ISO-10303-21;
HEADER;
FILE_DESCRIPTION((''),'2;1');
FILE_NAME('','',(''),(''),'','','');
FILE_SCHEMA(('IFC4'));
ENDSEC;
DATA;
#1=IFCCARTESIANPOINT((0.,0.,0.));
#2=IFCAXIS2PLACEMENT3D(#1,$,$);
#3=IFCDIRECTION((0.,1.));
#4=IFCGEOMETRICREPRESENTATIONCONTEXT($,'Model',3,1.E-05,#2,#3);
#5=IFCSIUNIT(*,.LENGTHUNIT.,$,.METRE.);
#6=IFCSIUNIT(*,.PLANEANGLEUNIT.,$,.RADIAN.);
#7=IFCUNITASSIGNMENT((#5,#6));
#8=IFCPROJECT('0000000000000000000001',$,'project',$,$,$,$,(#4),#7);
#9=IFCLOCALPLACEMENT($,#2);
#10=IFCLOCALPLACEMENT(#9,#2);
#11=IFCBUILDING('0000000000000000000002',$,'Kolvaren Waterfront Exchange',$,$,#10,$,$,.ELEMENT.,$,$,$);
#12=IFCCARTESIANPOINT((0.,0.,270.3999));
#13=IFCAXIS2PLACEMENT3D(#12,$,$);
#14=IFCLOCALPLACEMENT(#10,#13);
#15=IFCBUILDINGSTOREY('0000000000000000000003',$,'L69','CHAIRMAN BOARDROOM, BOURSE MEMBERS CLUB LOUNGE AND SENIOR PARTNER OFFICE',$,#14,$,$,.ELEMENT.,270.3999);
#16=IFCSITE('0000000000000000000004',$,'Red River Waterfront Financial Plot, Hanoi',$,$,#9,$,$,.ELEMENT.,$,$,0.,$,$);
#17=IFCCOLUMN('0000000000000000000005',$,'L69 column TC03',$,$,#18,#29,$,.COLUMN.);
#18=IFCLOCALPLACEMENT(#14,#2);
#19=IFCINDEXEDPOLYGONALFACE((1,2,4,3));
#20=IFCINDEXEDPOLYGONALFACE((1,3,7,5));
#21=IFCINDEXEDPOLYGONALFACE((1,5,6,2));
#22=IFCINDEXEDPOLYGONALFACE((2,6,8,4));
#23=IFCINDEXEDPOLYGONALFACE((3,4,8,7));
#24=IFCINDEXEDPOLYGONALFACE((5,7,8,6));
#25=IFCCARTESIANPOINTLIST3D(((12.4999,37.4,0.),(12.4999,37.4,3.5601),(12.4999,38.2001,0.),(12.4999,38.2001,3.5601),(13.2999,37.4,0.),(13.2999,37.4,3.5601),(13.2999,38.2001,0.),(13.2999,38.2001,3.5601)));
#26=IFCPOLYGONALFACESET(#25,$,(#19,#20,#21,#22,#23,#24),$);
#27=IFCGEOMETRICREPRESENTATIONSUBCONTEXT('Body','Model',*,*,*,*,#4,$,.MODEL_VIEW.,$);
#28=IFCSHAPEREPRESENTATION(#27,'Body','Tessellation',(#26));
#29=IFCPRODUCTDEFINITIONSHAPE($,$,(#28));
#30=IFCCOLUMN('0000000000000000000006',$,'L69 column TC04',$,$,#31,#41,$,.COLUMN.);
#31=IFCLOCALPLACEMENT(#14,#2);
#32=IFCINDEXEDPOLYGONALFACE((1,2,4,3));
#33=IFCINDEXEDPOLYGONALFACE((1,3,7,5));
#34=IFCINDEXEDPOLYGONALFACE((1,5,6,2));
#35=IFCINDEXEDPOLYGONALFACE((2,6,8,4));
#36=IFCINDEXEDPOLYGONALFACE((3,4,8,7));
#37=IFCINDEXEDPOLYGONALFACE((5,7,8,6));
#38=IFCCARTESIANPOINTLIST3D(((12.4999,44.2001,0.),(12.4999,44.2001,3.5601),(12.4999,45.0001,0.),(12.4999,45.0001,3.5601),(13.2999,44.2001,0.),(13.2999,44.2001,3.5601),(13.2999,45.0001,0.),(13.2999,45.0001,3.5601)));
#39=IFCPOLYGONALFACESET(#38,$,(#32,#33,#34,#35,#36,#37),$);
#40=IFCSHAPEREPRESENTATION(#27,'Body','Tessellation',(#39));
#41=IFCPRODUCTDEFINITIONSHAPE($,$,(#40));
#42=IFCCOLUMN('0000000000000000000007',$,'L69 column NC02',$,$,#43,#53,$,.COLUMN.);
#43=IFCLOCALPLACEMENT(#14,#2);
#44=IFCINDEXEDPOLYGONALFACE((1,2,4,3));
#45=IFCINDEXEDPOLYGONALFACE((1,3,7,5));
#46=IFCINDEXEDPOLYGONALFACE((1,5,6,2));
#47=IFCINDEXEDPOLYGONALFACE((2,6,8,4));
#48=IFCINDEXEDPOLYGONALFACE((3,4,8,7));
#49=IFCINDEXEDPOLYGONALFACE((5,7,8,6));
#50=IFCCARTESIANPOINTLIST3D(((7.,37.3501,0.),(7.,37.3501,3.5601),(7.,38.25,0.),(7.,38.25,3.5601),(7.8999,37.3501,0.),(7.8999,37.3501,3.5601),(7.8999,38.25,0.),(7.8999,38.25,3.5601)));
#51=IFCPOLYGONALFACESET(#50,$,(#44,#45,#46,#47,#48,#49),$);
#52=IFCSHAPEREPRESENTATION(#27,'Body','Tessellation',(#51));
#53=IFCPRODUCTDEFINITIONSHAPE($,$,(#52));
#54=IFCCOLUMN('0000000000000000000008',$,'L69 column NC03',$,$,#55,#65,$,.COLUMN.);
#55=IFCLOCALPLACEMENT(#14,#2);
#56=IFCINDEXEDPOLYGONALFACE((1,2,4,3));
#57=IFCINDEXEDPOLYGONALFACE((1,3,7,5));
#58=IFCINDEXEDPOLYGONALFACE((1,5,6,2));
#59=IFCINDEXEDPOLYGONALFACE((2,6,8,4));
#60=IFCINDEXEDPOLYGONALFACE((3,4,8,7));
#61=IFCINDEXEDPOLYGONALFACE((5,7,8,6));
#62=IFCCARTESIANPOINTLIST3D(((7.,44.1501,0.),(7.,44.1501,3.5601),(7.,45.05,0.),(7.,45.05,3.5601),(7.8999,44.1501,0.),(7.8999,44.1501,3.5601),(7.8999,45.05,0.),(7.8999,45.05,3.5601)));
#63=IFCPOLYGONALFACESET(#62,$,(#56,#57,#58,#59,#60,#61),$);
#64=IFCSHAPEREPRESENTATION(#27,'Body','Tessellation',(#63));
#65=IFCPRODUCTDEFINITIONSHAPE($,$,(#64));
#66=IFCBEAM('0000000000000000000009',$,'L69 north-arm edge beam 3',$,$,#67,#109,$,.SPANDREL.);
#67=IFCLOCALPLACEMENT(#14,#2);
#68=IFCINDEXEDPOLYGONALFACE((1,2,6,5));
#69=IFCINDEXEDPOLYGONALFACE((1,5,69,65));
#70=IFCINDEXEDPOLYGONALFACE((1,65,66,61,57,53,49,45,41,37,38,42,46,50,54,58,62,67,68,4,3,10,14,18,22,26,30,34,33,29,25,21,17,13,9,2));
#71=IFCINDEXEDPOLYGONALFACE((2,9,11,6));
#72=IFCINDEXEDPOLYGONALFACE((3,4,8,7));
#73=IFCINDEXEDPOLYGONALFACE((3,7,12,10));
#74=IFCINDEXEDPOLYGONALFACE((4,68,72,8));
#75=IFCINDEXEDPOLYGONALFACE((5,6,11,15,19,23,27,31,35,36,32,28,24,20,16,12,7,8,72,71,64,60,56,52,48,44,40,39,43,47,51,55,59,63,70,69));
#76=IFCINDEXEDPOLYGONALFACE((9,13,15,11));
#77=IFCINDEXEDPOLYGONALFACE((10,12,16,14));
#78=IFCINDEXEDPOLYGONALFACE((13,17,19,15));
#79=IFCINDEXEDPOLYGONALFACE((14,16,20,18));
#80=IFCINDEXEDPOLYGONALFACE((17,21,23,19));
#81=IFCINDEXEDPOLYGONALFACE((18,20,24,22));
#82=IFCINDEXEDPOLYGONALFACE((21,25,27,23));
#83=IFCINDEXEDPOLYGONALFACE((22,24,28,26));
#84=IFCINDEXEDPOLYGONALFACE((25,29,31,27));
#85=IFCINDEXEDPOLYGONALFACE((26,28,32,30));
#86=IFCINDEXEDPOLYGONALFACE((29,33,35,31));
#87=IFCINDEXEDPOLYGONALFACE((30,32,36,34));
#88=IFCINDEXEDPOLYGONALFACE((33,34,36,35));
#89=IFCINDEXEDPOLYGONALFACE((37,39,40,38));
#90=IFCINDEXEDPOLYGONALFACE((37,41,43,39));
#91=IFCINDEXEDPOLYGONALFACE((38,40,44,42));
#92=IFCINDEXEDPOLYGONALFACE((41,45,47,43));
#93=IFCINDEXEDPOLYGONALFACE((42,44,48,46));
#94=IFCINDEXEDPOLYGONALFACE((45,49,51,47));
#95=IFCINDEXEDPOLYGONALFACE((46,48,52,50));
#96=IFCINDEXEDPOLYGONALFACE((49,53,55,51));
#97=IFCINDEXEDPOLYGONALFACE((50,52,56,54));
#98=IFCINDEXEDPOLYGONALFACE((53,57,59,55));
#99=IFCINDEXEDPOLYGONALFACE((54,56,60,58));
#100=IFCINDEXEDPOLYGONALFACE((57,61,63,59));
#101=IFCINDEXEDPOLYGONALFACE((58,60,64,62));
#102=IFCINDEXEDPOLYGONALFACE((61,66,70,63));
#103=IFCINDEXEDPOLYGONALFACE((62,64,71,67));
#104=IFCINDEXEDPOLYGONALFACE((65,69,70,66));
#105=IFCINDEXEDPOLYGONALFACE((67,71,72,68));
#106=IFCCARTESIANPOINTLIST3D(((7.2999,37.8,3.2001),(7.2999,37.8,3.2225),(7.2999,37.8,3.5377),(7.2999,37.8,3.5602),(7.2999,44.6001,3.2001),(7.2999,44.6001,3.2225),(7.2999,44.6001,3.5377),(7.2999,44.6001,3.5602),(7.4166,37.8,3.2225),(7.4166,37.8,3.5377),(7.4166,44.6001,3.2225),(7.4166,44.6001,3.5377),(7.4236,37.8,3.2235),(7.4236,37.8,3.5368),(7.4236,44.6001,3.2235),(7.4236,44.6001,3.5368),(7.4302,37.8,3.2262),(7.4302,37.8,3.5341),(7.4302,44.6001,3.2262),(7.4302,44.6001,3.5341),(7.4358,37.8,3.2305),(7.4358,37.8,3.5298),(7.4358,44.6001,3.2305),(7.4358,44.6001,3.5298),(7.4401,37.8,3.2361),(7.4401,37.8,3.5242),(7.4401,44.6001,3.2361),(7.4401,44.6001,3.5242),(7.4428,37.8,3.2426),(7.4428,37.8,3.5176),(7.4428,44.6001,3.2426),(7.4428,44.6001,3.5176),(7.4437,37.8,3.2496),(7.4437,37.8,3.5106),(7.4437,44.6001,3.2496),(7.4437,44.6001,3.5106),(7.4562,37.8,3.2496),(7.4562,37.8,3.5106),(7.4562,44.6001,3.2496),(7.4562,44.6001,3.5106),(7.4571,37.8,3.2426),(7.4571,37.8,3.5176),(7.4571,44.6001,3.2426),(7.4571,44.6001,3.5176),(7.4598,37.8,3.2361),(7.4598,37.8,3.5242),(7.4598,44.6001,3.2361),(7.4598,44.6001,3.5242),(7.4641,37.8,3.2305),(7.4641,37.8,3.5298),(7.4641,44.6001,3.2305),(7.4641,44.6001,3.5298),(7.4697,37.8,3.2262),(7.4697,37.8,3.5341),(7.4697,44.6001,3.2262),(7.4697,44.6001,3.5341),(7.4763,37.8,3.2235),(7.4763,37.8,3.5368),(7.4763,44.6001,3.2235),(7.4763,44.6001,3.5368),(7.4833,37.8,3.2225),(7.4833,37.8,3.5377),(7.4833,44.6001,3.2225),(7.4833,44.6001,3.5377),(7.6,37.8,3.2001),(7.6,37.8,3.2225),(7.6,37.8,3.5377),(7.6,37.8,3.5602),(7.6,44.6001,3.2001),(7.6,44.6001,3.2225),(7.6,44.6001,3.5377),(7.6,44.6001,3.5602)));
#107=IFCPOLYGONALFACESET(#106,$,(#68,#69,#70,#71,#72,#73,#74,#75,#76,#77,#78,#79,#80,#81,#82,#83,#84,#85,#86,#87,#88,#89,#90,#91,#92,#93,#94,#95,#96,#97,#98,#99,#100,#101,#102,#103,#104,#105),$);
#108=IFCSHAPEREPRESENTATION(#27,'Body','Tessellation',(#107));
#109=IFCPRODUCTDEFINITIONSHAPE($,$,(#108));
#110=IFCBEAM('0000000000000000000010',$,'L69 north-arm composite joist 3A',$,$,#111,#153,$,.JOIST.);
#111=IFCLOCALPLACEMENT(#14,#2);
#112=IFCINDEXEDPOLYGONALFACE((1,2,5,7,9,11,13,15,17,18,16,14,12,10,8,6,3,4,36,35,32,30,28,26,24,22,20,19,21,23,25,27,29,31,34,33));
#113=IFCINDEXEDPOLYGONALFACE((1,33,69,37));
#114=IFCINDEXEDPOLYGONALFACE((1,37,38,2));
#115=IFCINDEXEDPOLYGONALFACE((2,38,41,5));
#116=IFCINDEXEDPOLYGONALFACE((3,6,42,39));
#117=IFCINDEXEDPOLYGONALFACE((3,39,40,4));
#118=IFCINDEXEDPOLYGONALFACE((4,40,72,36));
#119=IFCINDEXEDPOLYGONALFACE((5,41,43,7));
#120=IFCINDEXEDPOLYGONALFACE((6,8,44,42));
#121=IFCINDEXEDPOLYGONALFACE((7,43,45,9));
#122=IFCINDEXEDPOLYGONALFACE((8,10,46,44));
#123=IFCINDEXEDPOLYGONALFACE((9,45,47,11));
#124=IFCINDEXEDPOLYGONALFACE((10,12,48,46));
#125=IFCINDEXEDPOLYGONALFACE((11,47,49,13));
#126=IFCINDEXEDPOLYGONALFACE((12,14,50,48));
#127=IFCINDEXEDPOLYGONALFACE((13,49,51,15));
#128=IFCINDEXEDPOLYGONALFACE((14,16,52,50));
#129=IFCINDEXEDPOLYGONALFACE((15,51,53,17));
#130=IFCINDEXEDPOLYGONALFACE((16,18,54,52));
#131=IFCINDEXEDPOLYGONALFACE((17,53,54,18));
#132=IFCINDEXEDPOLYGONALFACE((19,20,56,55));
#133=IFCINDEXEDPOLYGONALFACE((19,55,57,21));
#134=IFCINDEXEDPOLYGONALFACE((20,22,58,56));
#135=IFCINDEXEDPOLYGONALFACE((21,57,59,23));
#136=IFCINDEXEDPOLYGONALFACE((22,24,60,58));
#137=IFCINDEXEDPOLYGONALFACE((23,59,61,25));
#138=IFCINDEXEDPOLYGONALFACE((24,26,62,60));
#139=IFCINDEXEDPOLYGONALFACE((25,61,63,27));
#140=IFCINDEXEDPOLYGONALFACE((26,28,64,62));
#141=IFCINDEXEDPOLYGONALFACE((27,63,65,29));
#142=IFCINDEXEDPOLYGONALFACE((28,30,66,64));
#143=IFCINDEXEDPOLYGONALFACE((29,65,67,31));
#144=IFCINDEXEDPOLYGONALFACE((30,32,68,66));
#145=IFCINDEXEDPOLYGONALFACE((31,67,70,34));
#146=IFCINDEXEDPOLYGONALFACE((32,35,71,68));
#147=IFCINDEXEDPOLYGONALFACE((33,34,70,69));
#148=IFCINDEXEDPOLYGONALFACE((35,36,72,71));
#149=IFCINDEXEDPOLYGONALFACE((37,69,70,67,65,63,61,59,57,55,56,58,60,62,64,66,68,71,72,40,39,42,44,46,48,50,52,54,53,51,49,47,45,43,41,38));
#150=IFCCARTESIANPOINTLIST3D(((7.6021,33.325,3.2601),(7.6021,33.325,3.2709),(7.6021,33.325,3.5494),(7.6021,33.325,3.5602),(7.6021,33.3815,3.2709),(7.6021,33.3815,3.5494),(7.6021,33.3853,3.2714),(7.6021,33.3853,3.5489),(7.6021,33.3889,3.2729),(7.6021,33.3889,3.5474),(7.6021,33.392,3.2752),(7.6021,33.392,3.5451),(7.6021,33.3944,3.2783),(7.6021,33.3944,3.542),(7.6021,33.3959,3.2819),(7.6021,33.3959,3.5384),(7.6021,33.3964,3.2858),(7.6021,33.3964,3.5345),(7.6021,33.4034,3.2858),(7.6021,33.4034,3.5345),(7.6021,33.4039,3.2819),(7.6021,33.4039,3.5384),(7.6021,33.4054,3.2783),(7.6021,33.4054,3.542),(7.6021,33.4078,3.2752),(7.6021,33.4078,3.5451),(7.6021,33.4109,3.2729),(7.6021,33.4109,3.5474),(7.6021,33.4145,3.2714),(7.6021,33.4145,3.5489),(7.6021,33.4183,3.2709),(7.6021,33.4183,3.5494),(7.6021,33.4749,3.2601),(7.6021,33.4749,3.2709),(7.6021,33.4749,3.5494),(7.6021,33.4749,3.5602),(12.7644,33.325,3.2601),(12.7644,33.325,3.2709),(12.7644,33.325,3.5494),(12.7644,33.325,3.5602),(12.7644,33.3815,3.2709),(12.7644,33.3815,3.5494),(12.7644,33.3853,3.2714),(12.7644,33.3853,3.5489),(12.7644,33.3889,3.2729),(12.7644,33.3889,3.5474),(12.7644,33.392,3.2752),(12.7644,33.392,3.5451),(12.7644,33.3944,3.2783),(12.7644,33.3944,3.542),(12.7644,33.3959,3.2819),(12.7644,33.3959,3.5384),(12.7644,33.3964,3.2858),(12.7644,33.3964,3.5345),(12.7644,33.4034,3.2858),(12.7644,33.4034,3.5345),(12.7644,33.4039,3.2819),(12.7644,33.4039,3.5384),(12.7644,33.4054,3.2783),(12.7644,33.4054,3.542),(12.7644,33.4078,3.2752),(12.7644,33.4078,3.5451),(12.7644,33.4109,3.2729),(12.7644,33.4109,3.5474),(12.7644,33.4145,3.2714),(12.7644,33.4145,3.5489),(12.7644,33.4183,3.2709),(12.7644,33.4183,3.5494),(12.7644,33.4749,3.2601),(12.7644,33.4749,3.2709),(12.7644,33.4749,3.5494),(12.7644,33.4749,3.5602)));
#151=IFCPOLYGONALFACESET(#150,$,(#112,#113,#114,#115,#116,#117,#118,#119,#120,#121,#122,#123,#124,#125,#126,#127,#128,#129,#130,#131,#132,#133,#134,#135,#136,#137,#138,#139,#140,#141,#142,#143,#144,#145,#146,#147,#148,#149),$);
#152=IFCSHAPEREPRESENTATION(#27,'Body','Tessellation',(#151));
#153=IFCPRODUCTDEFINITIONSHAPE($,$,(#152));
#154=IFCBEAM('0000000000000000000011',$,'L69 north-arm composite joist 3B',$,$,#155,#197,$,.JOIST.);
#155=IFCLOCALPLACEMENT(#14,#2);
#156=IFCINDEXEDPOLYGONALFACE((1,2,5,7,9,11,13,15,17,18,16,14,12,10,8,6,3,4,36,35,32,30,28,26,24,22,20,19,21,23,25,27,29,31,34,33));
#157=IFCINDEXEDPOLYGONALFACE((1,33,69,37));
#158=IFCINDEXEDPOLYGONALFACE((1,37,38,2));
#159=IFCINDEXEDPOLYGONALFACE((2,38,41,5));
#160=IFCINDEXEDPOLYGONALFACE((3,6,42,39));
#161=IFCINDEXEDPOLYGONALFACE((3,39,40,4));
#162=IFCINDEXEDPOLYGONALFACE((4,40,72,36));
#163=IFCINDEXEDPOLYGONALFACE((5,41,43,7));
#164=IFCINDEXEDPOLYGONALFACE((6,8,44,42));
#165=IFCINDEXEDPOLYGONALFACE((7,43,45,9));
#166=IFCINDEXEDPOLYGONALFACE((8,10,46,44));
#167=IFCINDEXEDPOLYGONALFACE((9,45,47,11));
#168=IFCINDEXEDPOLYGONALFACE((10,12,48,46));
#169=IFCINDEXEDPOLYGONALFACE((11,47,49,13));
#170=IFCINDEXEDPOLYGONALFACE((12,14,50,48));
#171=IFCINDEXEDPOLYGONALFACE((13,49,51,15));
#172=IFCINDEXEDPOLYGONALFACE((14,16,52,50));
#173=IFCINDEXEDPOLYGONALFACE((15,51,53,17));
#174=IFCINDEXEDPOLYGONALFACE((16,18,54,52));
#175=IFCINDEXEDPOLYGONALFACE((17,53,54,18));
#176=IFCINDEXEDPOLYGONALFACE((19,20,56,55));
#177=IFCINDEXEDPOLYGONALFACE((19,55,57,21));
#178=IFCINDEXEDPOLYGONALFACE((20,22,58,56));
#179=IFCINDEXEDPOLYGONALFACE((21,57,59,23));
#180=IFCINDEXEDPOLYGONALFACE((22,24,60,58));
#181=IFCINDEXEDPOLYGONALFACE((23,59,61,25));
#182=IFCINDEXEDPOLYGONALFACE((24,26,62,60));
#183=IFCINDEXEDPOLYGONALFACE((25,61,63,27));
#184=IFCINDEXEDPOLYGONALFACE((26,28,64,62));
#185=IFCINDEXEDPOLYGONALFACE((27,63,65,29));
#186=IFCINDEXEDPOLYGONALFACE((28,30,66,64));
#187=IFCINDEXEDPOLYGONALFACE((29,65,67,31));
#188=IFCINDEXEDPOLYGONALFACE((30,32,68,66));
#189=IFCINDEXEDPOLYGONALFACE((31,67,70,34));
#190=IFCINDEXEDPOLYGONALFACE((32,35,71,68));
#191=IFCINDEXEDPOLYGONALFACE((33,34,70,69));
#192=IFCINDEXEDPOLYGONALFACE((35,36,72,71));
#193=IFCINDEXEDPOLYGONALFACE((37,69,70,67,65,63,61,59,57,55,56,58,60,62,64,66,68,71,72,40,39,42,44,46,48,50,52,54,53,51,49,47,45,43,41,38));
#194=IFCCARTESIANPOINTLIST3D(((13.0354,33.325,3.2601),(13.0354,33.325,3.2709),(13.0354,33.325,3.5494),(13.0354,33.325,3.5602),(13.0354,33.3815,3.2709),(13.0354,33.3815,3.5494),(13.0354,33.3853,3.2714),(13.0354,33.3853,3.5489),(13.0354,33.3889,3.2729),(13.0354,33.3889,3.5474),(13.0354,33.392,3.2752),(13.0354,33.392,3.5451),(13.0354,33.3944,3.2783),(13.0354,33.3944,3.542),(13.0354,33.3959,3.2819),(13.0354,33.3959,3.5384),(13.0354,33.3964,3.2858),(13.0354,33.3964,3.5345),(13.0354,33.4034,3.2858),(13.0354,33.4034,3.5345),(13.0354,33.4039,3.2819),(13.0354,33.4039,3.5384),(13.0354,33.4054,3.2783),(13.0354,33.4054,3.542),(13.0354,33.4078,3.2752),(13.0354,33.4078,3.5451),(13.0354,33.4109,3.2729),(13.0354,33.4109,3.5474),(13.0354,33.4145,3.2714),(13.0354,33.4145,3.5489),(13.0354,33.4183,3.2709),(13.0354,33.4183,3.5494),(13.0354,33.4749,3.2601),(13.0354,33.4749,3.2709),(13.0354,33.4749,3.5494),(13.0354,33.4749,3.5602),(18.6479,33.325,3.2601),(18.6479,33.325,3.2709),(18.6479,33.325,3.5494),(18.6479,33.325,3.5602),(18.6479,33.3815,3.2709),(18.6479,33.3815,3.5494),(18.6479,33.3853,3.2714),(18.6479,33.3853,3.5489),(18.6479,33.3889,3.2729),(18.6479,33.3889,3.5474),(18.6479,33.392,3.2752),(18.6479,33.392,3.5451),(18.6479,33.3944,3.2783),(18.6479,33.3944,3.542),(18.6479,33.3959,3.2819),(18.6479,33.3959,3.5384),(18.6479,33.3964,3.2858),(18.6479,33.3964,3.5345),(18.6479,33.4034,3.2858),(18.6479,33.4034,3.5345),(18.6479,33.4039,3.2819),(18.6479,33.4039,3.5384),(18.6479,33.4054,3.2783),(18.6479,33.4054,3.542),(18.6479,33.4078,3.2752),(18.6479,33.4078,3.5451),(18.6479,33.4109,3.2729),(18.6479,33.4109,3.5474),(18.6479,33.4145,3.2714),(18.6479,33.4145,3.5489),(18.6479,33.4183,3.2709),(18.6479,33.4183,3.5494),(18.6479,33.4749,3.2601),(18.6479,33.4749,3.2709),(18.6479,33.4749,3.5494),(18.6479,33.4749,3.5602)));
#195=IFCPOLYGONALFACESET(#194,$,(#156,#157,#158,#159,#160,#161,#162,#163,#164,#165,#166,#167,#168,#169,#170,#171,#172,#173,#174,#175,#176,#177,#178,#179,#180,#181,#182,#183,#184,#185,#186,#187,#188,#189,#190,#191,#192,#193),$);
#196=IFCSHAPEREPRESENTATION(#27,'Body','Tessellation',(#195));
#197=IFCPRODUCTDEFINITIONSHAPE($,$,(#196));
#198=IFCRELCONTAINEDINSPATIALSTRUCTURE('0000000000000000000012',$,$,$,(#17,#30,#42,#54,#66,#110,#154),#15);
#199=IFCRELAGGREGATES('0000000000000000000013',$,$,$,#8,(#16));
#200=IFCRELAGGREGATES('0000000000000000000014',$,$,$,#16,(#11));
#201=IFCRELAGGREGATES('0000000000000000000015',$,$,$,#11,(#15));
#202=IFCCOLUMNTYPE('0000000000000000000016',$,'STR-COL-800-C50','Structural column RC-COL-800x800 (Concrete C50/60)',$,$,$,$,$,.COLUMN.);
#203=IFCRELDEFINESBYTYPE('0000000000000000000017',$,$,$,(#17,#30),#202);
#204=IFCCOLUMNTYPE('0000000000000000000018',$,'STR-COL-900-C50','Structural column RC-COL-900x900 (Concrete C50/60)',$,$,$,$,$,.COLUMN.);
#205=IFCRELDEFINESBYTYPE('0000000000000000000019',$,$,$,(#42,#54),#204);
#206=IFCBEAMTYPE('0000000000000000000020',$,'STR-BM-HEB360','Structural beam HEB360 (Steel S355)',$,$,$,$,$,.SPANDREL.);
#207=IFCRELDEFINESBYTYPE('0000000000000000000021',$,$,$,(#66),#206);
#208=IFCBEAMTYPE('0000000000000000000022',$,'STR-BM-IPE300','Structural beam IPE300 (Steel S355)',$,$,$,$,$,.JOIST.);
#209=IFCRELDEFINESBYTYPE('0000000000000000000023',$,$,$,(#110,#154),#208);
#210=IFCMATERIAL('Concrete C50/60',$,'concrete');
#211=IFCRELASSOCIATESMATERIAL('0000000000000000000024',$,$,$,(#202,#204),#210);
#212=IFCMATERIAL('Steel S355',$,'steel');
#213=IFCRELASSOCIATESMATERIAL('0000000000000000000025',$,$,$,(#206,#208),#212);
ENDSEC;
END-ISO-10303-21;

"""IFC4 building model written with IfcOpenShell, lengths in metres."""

from ifc_helpers import new_model, si_unit, direction, frame, origin, origin_2d, place, context, subcontext, project, spatial, rectangle, i_section, extrude, material, material_profile, profile_set, type_object, element, save


model = new_model("IFC4")

# Units and contexts
model_context = context("Model", 3, precision=1e-05, world=origin(), true_north=direction((0.0, 1.0)))
body_context = subcontext(model_context, "Body", "Model", "MODEL_VIEW")
ifc_project = project(units=[si_unit("LENGTHUNIT", "METRE"), si_unit("PLANEANGLEUNIT", "RADIAN")], contexts=[model_context])

# Site, building, storey
site_placement = place(None, origin())
site = spatial("IfcSite", under=ifc_project, at=site_placement, Name="Red River Waterfront Financial Plot, Hanoi", CompositionType="ELEMENT", RefElevation=0.0)
building_placement = place(site_placement, origin())
building = spatial("IfcBuilding", under=site, at=building_placement, Name="Kolvaren Waterfront Exchange", CompositionType="ELEMENT")
storey_placement = place(building_placement, frame((0.0, 0.0, 270.3999)))
storey = spatial("IfcBuildingStorey", under=building, at=storey_placement, Name="L69", Description="CHAIRMAN BOARDROOM, BOURSE MEMBERS CLUB LOUNGE AND SENIOR PARTNER OFFICE", CompositionType="ELEMENT", Elevation=270.3999)

# Columns
ifc_material_1 = material(Name="Concrete C50/60", Category="concrete")
ifc_material_profile_1 = material_profile(ifc_material_1, rectangle(XDim=0.8, YDim=0.8, at=origin_2d()), Name="RC-COL-800x800")
ifc_profile_set_1 = profile_set([ifc_material_profile_1], Name="Concrete C50/60")
column_type_1 = type_object("IfcColumnType", Name="STR-COL-800-C50", Description="Structural column RC-COL-800x800 (Concrete C50/60)", PredefinedType="COLUMN", material=ifc_profile_set_1)
for number, where, z_axis, x_axis, name in (
    (1, (12.8999, 37.8, 0.0), (0.0, 0.0, 1.0), (1.0, 0.0, 0.0), "L69 column TC03"),
    (2, (12.8999, 44.6001, 0.0), (0.0, 0.0, 1.0), (1.0, 0.0, 0.0), "L69 column TC04"),
):
    element("IfcColumn", number, at=place(storey_placement, frame(where, z_axis=z_axis, x_axis=x_axis)), inside=storey, type_object=column_type_1, Name=name, PredefinedType="COLUMN", context=body_context, shape_type="SweptSolid", body=[
        extrude(rectangle(XDim=0.8, YDim=0.8, at=origin_2d()), origin(), (0.0, 0.0, 1.0), 3.5601),
    ])
ifc_material_profile_2 = material_profile(ifc_material_1, rectangle(XDim=0.8999, YDim=0.8999, at=origin_2d()), Name="RC-COL-900x900")
ifc_profile_set_2 = profile_set([ifc_material_profile_2], Name="Concrete C50/60")
column_type_2 = type_object("IfcColumnType", Name="STR-COL-900-C50", Description="Structural column RC-COL-900x900 (Concrete C50/60)", PredefinedType="COLUMN", material=ifc_profile_set_2)
for number, where, z_axis, x_axis, name in (
    (3, (7.45, 37.8, 0.0), (0.0, 0.0, 1.0), (1.0, 0.0, 0.0), "L69 column NC02"),
    (4, (7.45, 44.6001, 0.0), (0.0, 0.0, 1.0), (1.0, 0.0, 0.0), "L69 column NC03"),
):
    element("IfcColumn", number, at=place(storey_placement, frame(where, z_axis=z_axis, x_axis=x_axis)), inside=storey, type_object=column_type_2, Name=name, PredefinedType="COLUMN", context=body_context, shape_type="SweptSolid", body=[
        extrude(rectangle(XDim=0.8999, YDim=0.8999, at=origin_2d()), origin(), (0.0, 0.0, 1.0), 3.5601),
    ])

# Beams
ifc_material_2 = material(Name="Steel S355", Category="steel")
ifc_material_profile_3 = material_profile(ifc_material_2, i_section(OverallWidth=0.3, OverallDepth=0.3601, WebThickness=0.0125, FlangeThickness=0.0225, FilletRadius=0.0271, at=origin_2d()), Name="HEB360")
ifc_profile_set_3 = profile_set([ifc_material_profile_3], Name="Steel S355")
beam_type_1 = type_object("IfcBeamType", Name="STR-BM-HEB360", Description="Structural beam HEB360 (Steel S355)", PredefinedType="SPANDREL", material=ifc_profile_set_3)
beam_1_placement = place(storey_placement, frame((7.45, 37.8, 3.3801), z_axis=(0.0, 1.0, 0.0), x_axis=(-1.0, 0.0, 0.0)))
element("IfcBeam", 5, at=beam_1_placement, inside=storey, type_object=beam_type_1, Name="L69 north-arm edge beam 3", PredefinedType="SPANDREL", context=body_context, shape_type="SweptSolid", body=[
    extrude(i_section(OverallWidth=0.3, OverallDepth=0.3601, WebThickness=0.0125, FlangeThickness=0.0225, FilletRadius=0.0271, at=origin_2d()), origin(), (0.0, 0.0, 1.0), 6.8),
])
ifc_material_profile_4 = material_profile(ifc_material_2, i_section(OverallWidth=0.1499, OverallDepth=0.3, WebThickness=0.0071, FlangeThickness=0.0107, FilletRadius=0.0149, at=origin_2d()), Name="IPE300")
ifc_profile_set_4 = profile_set([ifc_material_profile_4], Name="Steel S355")
beam_type_2 = type_object("IfcBeamType", Name="STR-BM-IPE300", Description="Structural beam IPE300 (Steel S355)", PredefinedType="JOIST", material=ifc_profile_set_4)
beam_2_placement = place(storey_placement, frame((7.6021, 33.3999, 3.4102), z_axis=(1.0, 0.0, 0.0), x_axis=(0.0, 1.0, 0.0)))
element("IfcBeam", 6, at=beam_2_placement, inside=storey, type_object=beam_type_2, Name="L69 north-arm composite joist 3A", PredefinedType="JOIST", context=body_context, shape_type="SweptSolid", body=[
    extrude(i_section(OverallWidth=0.1499, OverallDepth=0.3, WebThickness=0.0071, FlangeThickness=0.0107, FilletRadius=0.0149, at=origin_2d()), origin(), (0.0, 0.0, 1.0), 5.1624),
])
beam_3_placement = place(storey_placement, frame((13.0354, 33.3999, 3.4102), z_axis=(1.0, 0.0, 0.0), x_axis=(0.0, 1.0, 0.0)))
element("IfcBeam", 7, at=beam_3_placement, inside=storey, type_object=beam_type_2, Name="L69 north-arm composite joist 3B", PredefinedType="JOIST", context=body_context, shape_type="SweptSolid", body=[
    extrude(i_section(OverallWidth=0.1499, OverallDepth=0.3, WebThickness=0.0071, FlangeThickness=0.0107, FilletRadius=0.0149, at=origin_2d()), origin(), (0.0, 0.0, 1.0), 5.6125),
])

save(model, "model.ifc")
